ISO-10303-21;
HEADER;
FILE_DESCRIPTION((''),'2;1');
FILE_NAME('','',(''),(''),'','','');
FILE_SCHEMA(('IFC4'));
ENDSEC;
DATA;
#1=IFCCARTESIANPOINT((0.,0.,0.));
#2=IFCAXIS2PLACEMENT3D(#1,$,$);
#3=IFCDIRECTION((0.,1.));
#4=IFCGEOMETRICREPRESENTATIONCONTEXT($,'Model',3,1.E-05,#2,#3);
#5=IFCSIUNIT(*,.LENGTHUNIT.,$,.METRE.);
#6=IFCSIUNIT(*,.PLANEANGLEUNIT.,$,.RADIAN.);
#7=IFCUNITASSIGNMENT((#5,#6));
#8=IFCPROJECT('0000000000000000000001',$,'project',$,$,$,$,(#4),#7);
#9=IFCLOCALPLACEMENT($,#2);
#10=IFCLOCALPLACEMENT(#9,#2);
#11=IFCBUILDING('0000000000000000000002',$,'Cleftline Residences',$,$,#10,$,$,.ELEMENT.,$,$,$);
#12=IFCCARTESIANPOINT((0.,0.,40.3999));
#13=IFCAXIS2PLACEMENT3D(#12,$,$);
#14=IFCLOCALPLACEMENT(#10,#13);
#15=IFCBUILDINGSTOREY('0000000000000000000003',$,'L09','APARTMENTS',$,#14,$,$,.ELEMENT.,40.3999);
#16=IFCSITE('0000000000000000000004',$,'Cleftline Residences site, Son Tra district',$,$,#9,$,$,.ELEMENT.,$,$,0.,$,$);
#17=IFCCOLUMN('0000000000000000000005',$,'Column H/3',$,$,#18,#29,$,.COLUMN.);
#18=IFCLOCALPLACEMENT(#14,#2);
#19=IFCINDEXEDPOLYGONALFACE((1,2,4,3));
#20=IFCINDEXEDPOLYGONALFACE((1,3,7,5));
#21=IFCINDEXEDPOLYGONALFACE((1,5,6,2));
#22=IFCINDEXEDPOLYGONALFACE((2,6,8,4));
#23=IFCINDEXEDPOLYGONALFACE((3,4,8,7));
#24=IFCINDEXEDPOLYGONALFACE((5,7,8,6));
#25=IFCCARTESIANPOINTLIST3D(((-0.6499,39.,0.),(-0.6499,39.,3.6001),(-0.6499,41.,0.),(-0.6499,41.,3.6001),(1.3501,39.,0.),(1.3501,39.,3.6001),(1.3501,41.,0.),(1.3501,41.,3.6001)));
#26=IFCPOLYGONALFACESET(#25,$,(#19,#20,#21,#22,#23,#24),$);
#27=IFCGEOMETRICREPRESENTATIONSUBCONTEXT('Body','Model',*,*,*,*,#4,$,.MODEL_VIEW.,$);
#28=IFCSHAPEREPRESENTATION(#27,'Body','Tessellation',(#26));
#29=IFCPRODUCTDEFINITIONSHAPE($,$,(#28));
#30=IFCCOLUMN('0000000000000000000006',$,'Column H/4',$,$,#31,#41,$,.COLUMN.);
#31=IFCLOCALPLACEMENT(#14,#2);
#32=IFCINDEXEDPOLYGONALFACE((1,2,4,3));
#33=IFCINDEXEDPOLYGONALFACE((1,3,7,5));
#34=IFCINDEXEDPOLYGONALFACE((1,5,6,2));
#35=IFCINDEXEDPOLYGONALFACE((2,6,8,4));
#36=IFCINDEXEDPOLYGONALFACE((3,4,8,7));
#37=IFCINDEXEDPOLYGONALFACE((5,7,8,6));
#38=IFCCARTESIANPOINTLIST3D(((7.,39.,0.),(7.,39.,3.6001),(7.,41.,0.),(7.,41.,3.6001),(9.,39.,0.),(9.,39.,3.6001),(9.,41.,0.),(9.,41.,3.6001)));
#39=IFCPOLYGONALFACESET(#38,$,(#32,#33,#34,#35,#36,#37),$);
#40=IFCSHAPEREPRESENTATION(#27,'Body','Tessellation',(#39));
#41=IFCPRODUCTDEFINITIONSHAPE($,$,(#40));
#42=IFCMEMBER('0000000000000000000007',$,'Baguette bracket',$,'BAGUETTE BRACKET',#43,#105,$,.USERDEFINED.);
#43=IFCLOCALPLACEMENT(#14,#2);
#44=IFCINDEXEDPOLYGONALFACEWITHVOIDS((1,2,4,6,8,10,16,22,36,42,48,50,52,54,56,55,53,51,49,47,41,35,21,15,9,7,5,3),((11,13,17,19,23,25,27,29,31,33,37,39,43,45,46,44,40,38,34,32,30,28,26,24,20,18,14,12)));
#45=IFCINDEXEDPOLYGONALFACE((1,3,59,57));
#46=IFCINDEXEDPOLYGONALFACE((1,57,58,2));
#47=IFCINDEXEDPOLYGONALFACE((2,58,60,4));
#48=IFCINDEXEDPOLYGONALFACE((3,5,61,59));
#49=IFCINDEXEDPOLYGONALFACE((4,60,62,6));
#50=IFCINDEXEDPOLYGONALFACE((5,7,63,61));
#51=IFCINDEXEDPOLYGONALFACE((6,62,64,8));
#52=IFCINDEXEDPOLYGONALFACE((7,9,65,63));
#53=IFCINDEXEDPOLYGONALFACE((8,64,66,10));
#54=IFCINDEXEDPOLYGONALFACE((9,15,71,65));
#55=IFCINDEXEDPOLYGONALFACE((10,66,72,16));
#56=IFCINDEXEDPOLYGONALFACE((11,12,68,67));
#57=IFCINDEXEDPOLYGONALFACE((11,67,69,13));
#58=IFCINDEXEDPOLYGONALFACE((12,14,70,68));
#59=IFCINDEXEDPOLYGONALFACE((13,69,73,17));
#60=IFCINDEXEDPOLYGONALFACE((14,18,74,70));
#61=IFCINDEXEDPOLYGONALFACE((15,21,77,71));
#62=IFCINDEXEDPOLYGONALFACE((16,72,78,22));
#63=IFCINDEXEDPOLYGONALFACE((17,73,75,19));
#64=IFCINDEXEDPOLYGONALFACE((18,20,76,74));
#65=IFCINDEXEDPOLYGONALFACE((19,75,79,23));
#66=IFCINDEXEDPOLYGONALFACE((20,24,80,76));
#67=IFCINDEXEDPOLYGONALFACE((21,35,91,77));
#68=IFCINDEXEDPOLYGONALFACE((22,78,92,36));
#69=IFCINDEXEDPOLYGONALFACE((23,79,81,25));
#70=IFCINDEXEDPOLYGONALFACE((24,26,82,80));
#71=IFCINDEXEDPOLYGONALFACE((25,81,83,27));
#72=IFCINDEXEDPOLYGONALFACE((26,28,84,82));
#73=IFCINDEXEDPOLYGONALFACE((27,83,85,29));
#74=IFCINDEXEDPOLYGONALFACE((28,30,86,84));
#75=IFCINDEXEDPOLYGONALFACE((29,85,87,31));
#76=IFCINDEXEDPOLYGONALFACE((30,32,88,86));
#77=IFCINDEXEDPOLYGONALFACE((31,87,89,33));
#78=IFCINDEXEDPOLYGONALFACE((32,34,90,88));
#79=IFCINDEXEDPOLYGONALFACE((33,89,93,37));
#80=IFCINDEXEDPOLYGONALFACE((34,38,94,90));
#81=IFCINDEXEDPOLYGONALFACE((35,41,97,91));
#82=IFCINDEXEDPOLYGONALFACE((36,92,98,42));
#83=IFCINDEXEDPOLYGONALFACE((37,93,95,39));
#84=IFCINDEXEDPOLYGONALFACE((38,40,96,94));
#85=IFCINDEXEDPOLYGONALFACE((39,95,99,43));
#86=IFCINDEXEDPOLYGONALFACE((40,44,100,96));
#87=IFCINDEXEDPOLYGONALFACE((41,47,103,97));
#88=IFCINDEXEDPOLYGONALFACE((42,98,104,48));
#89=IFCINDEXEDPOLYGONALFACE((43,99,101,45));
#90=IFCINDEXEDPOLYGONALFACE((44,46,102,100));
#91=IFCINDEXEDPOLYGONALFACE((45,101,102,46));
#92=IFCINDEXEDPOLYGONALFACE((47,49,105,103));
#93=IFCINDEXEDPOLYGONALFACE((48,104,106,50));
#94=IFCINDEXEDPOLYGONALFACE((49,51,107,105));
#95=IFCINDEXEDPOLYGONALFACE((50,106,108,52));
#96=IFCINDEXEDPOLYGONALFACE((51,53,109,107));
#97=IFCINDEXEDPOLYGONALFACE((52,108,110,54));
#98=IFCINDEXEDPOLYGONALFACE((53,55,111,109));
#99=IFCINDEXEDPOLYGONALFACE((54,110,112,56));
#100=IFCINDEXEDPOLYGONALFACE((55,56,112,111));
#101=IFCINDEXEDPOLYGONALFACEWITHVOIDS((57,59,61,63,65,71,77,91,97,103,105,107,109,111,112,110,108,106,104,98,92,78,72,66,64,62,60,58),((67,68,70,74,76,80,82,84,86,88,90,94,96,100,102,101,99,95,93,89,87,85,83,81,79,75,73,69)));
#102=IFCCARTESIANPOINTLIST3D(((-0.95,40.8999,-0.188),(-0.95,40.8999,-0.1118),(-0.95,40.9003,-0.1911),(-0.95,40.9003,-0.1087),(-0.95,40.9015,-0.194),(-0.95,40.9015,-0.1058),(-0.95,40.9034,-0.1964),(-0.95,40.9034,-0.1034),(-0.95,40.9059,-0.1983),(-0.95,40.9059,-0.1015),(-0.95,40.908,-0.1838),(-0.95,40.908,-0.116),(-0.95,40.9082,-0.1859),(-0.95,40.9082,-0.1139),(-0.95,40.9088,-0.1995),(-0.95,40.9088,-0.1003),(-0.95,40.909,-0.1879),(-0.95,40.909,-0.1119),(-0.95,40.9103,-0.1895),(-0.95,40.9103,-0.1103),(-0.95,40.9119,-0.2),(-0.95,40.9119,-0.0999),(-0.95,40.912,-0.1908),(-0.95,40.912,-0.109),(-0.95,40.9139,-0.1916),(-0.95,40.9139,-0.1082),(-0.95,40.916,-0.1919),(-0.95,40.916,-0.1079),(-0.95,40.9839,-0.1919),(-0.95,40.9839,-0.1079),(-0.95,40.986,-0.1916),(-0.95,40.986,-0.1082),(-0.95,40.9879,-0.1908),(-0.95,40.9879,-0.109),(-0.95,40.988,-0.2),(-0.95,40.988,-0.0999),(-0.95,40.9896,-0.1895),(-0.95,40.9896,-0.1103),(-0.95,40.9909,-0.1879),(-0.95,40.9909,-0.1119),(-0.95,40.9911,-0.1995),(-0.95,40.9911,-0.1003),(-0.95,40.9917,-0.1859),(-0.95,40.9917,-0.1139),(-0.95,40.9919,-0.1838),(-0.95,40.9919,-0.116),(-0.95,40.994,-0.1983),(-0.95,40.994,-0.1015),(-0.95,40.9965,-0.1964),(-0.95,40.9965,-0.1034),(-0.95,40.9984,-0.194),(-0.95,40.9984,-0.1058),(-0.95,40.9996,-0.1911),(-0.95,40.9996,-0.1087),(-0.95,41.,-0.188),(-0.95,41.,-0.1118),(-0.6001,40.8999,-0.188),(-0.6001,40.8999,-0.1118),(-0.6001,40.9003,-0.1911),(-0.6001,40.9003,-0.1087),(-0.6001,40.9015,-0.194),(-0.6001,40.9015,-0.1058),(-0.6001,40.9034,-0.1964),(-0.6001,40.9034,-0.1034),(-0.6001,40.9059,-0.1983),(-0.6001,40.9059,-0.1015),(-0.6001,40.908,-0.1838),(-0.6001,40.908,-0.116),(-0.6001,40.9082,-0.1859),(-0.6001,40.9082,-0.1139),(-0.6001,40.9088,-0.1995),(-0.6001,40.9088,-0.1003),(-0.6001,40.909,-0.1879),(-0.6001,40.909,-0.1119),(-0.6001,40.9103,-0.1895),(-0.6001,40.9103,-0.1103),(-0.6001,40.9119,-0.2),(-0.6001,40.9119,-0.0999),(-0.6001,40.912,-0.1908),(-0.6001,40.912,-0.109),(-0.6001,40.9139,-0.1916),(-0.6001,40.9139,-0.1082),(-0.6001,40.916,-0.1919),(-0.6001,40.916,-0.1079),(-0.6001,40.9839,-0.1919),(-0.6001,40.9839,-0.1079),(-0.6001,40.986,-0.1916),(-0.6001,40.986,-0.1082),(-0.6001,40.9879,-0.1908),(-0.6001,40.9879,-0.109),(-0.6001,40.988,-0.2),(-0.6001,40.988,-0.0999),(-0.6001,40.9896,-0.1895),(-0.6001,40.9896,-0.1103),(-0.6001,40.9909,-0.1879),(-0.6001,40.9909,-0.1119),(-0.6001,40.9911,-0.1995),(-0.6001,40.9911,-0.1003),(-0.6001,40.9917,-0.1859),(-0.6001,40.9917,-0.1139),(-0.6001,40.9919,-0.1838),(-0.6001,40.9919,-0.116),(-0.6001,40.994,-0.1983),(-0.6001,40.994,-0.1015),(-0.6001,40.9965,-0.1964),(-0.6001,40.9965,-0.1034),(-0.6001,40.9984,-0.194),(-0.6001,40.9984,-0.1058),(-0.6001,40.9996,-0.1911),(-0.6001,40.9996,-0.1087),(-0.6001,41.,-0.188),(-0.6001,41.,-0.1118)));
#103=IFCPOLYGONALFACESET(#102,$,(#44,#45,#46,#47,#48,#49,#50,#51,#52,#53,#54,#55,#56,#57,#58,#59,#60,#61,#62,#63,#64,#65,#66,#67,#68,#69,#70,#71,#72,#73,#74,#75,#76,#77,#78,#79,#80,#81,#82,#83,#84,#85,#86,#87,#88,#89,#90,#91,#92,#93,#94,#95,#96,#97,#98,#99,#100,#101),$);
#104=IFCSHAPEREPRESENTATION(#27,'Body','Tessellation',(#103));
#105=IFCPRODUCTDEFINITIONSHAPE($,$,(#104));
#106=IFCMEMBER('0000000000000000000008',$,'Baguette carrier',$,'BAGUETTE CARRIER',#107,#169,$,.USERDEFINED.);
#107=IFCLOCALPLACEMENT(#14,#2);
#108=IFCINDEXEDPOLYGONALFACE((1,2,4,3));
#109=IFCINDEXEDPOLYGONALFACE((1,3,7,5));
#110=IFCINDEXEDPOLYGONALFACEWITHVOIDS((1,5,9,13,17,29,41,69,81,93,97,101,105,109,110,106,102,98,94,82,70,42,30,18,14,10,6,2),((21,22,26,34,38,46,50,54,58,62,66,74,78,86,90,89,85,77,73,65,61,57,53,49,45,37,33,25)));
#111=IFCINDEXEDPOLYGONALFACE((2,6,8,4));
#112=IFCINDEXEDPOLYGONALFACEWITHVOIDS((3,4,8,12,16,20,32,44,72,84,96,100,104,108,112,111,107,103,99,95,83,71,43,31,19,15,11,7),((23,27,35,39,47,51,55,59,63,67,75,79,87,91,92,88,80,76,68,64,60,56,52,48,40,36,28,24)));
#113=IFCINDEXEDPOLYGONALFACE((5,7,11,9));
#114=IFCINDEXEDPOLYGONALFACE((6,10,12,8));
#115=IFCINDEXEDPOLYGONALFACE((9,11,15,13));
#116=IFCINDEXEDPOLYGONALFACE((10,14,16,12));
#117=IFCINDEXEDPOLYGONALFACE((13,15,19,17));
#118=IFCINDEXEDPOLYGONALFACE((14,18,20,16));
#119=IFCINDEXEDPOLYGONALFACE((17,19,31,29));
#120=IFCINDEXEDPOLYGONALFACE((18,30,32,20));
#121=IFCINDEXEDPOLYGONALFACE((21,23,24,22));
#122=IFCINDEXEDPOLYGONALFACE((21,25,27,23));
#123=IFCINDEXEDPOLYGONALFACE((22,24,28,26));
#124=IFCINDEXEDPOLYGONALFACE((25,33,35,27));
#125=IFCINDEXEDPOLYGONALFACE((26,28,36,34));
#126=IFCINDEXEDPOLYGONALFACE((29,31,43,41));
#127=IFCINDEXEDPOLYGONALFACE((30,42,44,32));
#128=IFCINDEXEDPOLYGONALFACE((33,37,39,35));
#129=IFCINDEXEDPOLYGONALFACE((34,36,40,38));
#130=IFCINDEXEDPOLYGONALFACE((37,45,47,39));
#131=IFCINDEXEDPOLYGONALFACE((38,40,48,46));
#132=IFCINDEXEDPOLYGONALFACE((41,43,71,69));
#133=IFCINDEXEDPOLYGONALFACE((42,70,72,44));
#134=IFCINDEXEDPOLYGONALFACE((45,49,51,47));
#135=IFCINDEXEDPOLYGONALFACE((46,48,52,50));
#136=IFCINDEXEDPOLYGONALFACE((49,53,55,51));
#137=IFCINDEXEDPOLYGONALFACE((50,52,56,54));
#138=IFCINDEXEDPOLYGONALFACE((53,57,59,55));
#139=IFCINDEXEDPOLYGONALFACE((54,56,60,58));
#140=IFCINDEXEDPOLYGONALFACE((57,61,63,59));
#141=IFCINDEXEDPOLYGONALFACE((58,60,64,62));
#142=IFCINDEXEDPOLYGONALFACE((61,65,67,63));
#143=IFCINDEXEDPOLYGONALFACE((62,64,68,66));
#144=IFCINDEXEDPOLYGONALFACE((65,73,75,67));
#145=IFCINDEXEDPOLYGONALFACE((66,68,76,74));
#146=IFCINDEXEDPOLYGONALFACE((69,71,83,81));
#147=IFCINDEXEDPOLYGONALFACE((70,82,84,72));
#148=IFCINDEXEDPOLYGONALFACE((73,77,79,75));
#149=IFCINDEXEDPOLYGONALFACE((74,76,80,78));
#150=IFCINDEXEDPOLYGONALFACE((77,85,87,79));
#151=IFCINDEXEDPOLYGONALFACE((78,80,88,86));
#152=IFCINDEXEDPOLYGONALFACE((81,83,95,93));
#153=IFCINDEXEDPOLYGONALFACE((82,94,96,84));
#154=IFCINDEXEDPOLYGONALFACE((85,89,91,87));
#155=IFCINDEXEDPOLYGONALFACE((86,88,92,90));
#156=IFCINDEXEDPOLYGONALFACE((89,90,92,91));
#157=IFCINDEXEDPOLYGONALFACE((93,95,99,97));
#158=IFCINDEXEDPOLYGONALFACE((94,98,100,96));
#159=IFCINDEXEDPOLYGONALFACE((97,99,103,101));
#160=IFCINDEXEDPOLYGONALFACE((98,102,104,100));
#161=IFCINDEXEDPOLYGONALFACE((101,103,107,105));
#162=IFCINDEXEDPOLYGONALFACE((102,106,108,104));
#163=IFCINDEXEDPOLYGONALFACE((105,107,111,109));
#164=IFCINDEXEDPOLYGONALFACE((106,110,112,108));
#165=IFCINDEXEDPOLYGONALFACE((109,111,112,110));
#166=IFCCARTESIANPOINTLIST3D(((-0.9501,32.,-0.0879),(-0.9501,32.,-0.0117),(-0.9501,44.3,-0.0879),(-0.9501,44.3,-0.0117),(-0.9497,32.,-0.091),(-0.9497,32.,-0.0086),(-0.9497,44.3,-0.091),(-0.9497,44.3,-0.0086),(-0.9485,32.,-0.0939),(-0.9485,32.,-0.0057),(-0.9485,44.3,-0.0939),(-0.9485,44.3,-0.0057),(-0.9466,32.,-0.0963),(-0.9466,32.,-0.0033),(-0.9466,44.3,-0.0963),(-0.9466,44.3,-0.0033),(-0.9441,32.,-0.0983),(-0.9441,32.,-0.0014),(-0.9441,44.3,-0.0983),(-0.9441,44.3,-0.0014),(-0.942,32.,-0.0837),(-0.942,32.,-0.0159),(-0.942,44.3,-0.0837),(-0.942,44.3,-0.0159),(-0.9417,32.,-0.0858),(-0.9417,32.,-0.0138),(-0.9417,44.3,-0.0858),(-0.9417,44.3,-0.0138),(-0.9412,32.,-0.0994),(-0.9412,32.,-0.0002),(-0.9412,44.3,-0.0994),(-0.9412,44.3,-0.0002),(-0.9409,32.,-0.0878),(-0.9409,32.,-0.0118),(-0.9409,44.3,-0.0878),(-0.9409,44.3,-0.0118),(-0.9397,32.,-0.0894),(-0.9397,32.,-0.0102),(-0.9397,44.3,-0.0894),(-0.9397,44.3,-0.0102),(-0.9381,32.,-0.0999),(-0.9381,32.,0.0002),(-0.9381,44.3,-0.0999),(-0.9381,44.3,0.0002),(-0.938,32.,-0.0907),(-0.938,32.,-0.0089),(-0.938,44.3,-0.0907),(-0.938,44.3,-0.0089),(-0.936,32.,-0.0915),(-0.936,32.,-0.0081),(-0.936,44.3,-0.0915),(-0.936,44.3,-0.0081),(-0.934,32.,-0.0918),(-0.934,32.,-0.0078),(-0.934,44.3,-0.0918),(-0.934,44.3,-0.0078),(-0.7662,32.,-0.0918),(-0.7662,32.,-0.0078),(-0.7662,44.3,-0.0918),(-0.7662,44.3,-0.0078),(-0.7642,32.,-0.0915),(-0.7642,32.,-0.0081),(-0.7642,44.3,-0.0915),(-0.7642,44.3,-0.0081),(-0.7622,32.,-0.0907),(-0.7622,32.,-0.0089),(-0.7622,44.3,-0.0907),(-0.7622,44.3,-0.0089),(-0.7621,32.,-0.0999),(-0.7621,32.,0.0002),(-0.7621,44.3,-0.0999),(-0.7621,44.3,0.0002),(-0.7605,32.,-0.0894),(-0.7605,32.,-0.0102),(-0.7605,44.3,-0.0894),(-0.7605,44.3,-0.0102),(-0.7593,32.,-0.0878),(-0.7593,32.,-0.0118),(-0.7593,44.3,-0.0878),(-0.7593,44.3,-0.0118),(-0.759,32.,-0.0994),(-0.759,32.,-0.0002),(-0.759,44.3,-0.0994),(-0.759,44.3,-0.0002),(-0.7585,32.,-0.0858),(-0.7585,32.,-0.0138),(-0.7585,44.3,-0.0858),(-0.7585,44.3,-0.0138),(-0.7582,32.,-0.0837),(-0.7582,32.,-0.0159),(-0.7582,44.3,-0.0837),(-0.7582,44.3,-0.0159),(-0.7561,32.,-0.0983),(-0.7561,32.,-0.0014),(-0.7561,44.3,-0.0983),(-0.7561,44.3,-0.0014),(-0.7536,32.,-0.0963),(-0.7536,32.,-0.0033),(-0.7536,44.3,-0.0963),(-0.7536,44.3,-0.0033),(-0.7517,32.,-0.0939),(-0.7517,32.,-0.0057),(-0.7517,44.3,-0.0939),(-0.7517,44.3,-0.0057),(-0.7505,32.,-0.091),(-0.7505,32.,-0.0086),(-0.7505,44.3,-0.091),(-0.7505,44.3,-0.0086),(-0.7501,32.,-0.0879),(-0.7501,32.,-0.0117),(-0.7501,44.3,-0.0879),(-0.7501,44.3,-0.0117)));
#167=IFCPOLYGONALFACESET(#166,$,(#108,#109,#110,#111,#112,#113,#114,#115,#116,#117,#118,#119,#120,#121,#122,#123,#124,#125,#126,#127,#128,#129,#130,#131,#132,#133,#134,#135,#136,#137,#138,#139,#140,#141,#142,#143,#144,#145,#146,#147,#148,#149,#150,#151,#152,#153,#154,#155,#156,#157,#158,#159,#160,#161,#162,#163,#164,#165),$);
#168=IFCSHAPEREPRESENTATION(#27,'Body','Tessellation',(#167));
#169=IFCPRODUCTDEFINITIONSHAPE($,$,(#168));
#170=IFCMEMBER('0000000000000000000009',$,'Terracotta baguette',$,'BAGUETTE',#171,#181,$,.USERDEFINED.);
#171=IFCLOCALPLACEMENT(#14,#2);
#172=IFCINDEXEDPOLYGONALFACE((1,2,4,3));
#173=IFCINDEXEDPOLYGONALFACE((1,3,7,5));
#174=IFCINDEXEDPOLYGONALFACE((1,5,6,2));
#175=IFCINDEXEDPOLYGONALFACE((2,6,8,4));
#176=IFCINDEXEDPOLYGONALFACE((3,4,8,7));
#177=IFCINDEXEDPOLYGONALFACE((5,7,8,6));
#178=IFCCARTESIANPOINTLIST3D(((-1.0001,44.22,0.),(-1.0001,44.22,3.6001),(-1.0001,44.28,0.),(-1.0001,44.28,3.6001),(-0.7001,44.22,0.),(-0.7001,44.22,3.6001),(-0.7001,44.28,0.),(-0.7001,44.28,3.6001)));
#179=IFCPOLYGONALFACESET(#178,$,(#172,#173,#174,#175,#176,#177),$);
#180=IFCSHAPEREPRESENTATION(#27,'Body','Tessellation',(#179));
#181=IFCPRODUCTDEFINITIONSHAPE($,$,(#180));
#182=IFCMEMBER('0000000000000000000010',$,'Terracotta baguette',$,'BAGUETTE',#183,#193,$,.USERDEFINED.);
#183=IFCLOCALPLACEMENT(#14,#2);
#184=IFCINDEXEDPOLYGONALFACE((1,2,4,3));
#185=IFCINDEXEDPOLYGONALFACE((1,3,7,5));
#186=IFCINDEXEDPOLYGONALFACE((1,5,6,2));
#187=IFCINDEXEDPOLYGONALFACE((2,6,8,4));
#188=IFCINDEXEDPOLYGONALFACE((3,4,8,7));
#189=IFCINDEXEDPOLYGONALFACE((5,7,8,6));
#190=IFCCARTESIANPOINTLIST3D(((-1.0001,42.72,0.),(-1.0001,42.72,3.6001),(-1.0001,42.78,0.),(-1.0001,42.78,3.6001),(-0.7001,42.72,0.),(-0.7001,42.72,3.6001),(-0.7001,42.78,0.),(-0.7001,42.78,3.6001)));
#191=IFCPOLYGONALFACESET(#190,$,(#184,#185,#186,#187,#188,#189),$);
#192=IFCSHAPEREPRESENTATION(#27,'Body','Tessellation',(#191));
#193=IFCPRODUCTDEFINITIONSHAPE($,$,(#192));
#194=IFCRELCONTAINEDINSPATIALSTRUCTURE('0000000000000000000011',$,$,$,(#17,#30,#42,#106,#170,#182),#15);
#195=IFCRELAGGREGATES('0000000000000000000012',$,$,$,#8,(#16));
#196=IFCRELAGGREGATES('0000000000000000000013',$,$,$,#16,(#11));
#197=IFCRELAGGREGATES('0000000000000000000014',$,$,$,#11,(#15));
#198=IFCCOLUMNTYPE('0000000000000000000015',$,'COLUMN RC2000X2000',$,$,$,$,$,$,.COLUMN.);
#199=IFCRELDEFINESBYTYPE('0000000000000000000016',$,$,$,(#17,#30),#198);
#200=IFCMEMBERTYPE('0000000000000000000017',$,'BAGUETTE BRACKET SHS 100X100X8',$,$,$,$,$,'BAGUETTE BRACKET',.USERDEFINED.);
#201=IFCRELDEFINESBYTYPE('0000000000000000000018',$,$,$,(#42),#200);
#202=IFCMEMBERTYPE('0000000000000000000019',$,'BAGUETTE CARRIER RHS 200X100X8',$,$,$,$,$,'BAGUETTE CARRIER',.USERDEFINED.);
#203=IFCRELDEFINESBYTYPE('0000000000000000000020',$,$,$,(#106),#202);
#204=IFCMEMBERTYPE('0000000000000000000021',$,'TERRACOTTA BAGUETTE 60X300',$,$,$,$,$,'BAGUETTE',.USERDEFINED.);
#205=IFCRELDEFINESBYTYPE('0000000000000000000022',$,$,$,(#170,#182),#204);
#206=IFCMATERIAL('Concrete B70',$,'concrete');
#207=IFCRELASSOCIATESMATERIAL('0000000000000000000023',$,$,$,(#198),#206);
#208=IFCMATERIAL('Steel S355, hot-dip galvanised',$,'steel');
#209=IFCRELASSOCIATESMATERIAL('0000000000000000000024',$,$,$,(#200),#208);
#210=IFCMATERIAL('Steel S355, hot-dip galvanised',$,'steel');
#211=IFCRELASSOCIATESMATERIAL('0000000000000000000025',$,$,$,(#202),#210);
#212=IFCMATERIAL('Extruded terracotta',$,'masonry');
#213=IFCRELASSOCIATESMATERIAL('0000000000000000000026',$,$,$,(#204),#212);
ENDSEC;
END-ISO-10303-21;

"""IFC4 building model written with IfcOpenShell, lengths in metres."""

from ifc_helpers import new_model, si_unit, direction, frame, origin, origin_2d, place, context, subcontext, project, spatial, rectangle, hollow_rectangle, extrude, material, material_profile, profile_set, type_object, element, save


model = new_model("IFC4")

# Units and contexts
model_context = context("Model", 3, precision=1e-05, world=origin(), true_north=direction((0.0, 1.0)))
body_context = subcontext(model_context, "Body", "Model", "MODEL_VIEW")
ifc_project = project(units=[si_unit("LENGTHUNIT", "METRE"), si_unit("PLANEANGLEUNIT", "RADIAN")], contexts=[model_context])

# Site, building, storey
site_placement = place(None, origin())
site = spatial("IfcSite", under=ifc_project, at=site_placement, Name="Cleftline Residences site, Son Tra district", CompositionType="ELEMENT", RefElevation=0.0)
building_placement = place(site_placement, origin())
building = spatial("IfcBuilding", under=site, at=building_placement, Name="Cleftline Residences", CompositionType="ELEMENT")
storey_placement = place(building_placement, frame((0.0, 0.0, 40.3999)))
storey = spatial("IfcBuildingStorey", under=building, at=storey_placement, Name="L09", Description="APARTMENTS", CompositionType="ELEMENT", Elevation=40.3999)

# Columns
ifc_material_1 = material(Name="Concrete B70", Category="concrete")
ifc_material_profile_1 = material_profile(ifc_material_1, rectangle(XDim=2.0, YDim=2.0, at=origin_2d()))
ifc_profile_set_1 = profile_set([ifc_material_profile_1], Name="Concrete B70")
column_type = type_object("IfcColumnType", Name="COLUMN RC2000X2000", PredefinedType="COLUMN", material=ifc_profile_set_1)
for number, where, z_axis, x_axis, name in (
    (1, (0.3501, 40.0, 0.0), (0.0, 0.0, 1.0), (1.0, 0.0, 0.0), "Column H/3"),
    (2, (8.0, 40.0, 0.0), (0.0, 0.0, 1.0), (1.0, 0.0, 0.0), "Column H/4"),
):
    element("IfcColumn", number, at=place(storey_placement, frame(where, z_axis=z_axis, x_axis=x_axis)), inside=storey, type_object=column_type, Name=name, PredefinedType="COLUMN", context=body_context, shape_type="SweptSolid", body=[
        extrude(rectangle(XDim=2.0, YDim=2.0, at=origin_2d()), origin(), (0.0, 0.0, 1.0), 3.6001),
    ])

# Members
ifc_material_2 = material(Name="Steel S355, hot-dip galvanised", Category="steel")
ifc_material_profile_2 = material_profile(ifc_material_2, hollow_rectangle(XDim=0.1001, YDim=0.1001, WallThickness=0.0081, InnerFilletRadius=0.0081, OuterFilletRadius=0.012, at=origin_2d()))
ifc_profile_set_2 = profile_set([ifc_material_profile_2], Name="Steel S355, hot-dip galvanised")
member_type_1 = type_object("IfcMemberType", Name="BAGUETTE BRACKET SHS 100X100X8", ElementType="BAGUETTE BRACKET", PredefinedType="USERDEFINED", material=ifc_profile_set_2)
member_1_placement = place(storey_placement, frame((-0.6001, 40.95, -0.1499), z_axis=(-1.0, 0.0, 0.0), x_axis=(0.0, -1.0, 0.0)))
element("IfcMember", 3, at=member_1_placement, inside=storey, type_object=member_type_1, Name="Baguette bracket", ObjectType="BAGUETTE BRACKET", PredefinedType="USERDEFINED", context=body_context, shape_type="SweptSolid", body=[
    extrude(hollow_rectangle(XDim=0.1001, YDim=0.1001, WallThickness=0.0081, InnerFilletRadius=0.0081, OuterFilletRadius=0.012, at=origin_2d()), origin(), (0.0, 0.0, 1.0), 0.3499),
])
ifc_material_3 = material(Name="Steel S355, hot-dip galvanised", Category="steel")
ifc_material_profile_3 = material_profile(ifc_material_3, hollow_rectangle(XDim=0.1001, YDim=0.2, WallThickness=0.0081, InnerFilletRadius=0.0081, OuterFilletRadius=0.012, at=origin_2d()))
ifc_profile_set_3 = profile_set([ifc_material_profile_3], Name="Steel S355, hot-dip galvanised")
member_type_2 = type_object("IfcMemberType", Name="BAGUETTE CARRIER RHS 200X100X8", ElementType="BAGUETTE CARRIER", PredefinedType="USERDEFINED", material=ifc_profile_set_3)
member_2_placement = place(storey_placement, frame((-0.8501, 44.3, -0.0498), z_axis=(0.0, -1.0, 0.0), x_axis=(0.0, 0.0, 1.0)))
element("IfcMember", 4, at=member_2_placement, inside=storey, type_object=member_type_2, Name="Baguette carrier", ObjectType="BAGUETTE CARRIER", PredefinedType="USERDEFINED", context=body_context, shape_type="SweptSolid", body=[
    extrude(hollow_rectangle(XDim=0.1001, YDim=0.2, WallThickness=0.0081, InnerFilletRadius=0.0081, OuterFilletRadius=0.012, at=origin_2d()), origin(), (0.0, 0.0, 1.0), 12.3),
])
ifc_material_4 = material(Name="Extruded terracotta", Category="masonry")
ifc_material_profile_4 = material_profile(ifc_material_4, rectangle(XDim=0.0601, YDim=0.3, at=origin_2d()))
ifc_profile_set_4 = profile_set([ifc_material_profile_4], Name="Extruded terracotta")
member_type_3 = type_object("IfcMemberType", Name="TERRACOTTA BAGUETTE 60X300", ElementType="BAGUETTE", PredefinedType="USERDEFINED", material=ifc_profile_set_4)
for number, where, z_axis, x_axis, name in (
    (5, (-0.8501, 44.25, 0.0), (0.0, 0.0, 1.0), (0.0, 1.0, 0.0), "Terracotta baguette"),
    (6, (-0.8501, 42.75, 0.0), (0.0, 0.0, 1.0), (0.0, 1.0, 0.0), "Terracotta baguette"),
):
    element("IfcMember", number, at=place(storey_placement, frame(where, z_axis=z_axis, x_axis=x_axis)), inside=storey, type_object=member_type_3, Name=name, ObjectType="BAGUETTE", PredefinedType="USERDEFINED", context=body_context, shape_type="SweptSolid", body=[
        extrude(rectangle(XDim=0.0601, YDim=0.3, at=origin_2d()), origin(), (0.0, 0.0, 1.0), 3.6001),
    ])

save(model, "model.ifc")
